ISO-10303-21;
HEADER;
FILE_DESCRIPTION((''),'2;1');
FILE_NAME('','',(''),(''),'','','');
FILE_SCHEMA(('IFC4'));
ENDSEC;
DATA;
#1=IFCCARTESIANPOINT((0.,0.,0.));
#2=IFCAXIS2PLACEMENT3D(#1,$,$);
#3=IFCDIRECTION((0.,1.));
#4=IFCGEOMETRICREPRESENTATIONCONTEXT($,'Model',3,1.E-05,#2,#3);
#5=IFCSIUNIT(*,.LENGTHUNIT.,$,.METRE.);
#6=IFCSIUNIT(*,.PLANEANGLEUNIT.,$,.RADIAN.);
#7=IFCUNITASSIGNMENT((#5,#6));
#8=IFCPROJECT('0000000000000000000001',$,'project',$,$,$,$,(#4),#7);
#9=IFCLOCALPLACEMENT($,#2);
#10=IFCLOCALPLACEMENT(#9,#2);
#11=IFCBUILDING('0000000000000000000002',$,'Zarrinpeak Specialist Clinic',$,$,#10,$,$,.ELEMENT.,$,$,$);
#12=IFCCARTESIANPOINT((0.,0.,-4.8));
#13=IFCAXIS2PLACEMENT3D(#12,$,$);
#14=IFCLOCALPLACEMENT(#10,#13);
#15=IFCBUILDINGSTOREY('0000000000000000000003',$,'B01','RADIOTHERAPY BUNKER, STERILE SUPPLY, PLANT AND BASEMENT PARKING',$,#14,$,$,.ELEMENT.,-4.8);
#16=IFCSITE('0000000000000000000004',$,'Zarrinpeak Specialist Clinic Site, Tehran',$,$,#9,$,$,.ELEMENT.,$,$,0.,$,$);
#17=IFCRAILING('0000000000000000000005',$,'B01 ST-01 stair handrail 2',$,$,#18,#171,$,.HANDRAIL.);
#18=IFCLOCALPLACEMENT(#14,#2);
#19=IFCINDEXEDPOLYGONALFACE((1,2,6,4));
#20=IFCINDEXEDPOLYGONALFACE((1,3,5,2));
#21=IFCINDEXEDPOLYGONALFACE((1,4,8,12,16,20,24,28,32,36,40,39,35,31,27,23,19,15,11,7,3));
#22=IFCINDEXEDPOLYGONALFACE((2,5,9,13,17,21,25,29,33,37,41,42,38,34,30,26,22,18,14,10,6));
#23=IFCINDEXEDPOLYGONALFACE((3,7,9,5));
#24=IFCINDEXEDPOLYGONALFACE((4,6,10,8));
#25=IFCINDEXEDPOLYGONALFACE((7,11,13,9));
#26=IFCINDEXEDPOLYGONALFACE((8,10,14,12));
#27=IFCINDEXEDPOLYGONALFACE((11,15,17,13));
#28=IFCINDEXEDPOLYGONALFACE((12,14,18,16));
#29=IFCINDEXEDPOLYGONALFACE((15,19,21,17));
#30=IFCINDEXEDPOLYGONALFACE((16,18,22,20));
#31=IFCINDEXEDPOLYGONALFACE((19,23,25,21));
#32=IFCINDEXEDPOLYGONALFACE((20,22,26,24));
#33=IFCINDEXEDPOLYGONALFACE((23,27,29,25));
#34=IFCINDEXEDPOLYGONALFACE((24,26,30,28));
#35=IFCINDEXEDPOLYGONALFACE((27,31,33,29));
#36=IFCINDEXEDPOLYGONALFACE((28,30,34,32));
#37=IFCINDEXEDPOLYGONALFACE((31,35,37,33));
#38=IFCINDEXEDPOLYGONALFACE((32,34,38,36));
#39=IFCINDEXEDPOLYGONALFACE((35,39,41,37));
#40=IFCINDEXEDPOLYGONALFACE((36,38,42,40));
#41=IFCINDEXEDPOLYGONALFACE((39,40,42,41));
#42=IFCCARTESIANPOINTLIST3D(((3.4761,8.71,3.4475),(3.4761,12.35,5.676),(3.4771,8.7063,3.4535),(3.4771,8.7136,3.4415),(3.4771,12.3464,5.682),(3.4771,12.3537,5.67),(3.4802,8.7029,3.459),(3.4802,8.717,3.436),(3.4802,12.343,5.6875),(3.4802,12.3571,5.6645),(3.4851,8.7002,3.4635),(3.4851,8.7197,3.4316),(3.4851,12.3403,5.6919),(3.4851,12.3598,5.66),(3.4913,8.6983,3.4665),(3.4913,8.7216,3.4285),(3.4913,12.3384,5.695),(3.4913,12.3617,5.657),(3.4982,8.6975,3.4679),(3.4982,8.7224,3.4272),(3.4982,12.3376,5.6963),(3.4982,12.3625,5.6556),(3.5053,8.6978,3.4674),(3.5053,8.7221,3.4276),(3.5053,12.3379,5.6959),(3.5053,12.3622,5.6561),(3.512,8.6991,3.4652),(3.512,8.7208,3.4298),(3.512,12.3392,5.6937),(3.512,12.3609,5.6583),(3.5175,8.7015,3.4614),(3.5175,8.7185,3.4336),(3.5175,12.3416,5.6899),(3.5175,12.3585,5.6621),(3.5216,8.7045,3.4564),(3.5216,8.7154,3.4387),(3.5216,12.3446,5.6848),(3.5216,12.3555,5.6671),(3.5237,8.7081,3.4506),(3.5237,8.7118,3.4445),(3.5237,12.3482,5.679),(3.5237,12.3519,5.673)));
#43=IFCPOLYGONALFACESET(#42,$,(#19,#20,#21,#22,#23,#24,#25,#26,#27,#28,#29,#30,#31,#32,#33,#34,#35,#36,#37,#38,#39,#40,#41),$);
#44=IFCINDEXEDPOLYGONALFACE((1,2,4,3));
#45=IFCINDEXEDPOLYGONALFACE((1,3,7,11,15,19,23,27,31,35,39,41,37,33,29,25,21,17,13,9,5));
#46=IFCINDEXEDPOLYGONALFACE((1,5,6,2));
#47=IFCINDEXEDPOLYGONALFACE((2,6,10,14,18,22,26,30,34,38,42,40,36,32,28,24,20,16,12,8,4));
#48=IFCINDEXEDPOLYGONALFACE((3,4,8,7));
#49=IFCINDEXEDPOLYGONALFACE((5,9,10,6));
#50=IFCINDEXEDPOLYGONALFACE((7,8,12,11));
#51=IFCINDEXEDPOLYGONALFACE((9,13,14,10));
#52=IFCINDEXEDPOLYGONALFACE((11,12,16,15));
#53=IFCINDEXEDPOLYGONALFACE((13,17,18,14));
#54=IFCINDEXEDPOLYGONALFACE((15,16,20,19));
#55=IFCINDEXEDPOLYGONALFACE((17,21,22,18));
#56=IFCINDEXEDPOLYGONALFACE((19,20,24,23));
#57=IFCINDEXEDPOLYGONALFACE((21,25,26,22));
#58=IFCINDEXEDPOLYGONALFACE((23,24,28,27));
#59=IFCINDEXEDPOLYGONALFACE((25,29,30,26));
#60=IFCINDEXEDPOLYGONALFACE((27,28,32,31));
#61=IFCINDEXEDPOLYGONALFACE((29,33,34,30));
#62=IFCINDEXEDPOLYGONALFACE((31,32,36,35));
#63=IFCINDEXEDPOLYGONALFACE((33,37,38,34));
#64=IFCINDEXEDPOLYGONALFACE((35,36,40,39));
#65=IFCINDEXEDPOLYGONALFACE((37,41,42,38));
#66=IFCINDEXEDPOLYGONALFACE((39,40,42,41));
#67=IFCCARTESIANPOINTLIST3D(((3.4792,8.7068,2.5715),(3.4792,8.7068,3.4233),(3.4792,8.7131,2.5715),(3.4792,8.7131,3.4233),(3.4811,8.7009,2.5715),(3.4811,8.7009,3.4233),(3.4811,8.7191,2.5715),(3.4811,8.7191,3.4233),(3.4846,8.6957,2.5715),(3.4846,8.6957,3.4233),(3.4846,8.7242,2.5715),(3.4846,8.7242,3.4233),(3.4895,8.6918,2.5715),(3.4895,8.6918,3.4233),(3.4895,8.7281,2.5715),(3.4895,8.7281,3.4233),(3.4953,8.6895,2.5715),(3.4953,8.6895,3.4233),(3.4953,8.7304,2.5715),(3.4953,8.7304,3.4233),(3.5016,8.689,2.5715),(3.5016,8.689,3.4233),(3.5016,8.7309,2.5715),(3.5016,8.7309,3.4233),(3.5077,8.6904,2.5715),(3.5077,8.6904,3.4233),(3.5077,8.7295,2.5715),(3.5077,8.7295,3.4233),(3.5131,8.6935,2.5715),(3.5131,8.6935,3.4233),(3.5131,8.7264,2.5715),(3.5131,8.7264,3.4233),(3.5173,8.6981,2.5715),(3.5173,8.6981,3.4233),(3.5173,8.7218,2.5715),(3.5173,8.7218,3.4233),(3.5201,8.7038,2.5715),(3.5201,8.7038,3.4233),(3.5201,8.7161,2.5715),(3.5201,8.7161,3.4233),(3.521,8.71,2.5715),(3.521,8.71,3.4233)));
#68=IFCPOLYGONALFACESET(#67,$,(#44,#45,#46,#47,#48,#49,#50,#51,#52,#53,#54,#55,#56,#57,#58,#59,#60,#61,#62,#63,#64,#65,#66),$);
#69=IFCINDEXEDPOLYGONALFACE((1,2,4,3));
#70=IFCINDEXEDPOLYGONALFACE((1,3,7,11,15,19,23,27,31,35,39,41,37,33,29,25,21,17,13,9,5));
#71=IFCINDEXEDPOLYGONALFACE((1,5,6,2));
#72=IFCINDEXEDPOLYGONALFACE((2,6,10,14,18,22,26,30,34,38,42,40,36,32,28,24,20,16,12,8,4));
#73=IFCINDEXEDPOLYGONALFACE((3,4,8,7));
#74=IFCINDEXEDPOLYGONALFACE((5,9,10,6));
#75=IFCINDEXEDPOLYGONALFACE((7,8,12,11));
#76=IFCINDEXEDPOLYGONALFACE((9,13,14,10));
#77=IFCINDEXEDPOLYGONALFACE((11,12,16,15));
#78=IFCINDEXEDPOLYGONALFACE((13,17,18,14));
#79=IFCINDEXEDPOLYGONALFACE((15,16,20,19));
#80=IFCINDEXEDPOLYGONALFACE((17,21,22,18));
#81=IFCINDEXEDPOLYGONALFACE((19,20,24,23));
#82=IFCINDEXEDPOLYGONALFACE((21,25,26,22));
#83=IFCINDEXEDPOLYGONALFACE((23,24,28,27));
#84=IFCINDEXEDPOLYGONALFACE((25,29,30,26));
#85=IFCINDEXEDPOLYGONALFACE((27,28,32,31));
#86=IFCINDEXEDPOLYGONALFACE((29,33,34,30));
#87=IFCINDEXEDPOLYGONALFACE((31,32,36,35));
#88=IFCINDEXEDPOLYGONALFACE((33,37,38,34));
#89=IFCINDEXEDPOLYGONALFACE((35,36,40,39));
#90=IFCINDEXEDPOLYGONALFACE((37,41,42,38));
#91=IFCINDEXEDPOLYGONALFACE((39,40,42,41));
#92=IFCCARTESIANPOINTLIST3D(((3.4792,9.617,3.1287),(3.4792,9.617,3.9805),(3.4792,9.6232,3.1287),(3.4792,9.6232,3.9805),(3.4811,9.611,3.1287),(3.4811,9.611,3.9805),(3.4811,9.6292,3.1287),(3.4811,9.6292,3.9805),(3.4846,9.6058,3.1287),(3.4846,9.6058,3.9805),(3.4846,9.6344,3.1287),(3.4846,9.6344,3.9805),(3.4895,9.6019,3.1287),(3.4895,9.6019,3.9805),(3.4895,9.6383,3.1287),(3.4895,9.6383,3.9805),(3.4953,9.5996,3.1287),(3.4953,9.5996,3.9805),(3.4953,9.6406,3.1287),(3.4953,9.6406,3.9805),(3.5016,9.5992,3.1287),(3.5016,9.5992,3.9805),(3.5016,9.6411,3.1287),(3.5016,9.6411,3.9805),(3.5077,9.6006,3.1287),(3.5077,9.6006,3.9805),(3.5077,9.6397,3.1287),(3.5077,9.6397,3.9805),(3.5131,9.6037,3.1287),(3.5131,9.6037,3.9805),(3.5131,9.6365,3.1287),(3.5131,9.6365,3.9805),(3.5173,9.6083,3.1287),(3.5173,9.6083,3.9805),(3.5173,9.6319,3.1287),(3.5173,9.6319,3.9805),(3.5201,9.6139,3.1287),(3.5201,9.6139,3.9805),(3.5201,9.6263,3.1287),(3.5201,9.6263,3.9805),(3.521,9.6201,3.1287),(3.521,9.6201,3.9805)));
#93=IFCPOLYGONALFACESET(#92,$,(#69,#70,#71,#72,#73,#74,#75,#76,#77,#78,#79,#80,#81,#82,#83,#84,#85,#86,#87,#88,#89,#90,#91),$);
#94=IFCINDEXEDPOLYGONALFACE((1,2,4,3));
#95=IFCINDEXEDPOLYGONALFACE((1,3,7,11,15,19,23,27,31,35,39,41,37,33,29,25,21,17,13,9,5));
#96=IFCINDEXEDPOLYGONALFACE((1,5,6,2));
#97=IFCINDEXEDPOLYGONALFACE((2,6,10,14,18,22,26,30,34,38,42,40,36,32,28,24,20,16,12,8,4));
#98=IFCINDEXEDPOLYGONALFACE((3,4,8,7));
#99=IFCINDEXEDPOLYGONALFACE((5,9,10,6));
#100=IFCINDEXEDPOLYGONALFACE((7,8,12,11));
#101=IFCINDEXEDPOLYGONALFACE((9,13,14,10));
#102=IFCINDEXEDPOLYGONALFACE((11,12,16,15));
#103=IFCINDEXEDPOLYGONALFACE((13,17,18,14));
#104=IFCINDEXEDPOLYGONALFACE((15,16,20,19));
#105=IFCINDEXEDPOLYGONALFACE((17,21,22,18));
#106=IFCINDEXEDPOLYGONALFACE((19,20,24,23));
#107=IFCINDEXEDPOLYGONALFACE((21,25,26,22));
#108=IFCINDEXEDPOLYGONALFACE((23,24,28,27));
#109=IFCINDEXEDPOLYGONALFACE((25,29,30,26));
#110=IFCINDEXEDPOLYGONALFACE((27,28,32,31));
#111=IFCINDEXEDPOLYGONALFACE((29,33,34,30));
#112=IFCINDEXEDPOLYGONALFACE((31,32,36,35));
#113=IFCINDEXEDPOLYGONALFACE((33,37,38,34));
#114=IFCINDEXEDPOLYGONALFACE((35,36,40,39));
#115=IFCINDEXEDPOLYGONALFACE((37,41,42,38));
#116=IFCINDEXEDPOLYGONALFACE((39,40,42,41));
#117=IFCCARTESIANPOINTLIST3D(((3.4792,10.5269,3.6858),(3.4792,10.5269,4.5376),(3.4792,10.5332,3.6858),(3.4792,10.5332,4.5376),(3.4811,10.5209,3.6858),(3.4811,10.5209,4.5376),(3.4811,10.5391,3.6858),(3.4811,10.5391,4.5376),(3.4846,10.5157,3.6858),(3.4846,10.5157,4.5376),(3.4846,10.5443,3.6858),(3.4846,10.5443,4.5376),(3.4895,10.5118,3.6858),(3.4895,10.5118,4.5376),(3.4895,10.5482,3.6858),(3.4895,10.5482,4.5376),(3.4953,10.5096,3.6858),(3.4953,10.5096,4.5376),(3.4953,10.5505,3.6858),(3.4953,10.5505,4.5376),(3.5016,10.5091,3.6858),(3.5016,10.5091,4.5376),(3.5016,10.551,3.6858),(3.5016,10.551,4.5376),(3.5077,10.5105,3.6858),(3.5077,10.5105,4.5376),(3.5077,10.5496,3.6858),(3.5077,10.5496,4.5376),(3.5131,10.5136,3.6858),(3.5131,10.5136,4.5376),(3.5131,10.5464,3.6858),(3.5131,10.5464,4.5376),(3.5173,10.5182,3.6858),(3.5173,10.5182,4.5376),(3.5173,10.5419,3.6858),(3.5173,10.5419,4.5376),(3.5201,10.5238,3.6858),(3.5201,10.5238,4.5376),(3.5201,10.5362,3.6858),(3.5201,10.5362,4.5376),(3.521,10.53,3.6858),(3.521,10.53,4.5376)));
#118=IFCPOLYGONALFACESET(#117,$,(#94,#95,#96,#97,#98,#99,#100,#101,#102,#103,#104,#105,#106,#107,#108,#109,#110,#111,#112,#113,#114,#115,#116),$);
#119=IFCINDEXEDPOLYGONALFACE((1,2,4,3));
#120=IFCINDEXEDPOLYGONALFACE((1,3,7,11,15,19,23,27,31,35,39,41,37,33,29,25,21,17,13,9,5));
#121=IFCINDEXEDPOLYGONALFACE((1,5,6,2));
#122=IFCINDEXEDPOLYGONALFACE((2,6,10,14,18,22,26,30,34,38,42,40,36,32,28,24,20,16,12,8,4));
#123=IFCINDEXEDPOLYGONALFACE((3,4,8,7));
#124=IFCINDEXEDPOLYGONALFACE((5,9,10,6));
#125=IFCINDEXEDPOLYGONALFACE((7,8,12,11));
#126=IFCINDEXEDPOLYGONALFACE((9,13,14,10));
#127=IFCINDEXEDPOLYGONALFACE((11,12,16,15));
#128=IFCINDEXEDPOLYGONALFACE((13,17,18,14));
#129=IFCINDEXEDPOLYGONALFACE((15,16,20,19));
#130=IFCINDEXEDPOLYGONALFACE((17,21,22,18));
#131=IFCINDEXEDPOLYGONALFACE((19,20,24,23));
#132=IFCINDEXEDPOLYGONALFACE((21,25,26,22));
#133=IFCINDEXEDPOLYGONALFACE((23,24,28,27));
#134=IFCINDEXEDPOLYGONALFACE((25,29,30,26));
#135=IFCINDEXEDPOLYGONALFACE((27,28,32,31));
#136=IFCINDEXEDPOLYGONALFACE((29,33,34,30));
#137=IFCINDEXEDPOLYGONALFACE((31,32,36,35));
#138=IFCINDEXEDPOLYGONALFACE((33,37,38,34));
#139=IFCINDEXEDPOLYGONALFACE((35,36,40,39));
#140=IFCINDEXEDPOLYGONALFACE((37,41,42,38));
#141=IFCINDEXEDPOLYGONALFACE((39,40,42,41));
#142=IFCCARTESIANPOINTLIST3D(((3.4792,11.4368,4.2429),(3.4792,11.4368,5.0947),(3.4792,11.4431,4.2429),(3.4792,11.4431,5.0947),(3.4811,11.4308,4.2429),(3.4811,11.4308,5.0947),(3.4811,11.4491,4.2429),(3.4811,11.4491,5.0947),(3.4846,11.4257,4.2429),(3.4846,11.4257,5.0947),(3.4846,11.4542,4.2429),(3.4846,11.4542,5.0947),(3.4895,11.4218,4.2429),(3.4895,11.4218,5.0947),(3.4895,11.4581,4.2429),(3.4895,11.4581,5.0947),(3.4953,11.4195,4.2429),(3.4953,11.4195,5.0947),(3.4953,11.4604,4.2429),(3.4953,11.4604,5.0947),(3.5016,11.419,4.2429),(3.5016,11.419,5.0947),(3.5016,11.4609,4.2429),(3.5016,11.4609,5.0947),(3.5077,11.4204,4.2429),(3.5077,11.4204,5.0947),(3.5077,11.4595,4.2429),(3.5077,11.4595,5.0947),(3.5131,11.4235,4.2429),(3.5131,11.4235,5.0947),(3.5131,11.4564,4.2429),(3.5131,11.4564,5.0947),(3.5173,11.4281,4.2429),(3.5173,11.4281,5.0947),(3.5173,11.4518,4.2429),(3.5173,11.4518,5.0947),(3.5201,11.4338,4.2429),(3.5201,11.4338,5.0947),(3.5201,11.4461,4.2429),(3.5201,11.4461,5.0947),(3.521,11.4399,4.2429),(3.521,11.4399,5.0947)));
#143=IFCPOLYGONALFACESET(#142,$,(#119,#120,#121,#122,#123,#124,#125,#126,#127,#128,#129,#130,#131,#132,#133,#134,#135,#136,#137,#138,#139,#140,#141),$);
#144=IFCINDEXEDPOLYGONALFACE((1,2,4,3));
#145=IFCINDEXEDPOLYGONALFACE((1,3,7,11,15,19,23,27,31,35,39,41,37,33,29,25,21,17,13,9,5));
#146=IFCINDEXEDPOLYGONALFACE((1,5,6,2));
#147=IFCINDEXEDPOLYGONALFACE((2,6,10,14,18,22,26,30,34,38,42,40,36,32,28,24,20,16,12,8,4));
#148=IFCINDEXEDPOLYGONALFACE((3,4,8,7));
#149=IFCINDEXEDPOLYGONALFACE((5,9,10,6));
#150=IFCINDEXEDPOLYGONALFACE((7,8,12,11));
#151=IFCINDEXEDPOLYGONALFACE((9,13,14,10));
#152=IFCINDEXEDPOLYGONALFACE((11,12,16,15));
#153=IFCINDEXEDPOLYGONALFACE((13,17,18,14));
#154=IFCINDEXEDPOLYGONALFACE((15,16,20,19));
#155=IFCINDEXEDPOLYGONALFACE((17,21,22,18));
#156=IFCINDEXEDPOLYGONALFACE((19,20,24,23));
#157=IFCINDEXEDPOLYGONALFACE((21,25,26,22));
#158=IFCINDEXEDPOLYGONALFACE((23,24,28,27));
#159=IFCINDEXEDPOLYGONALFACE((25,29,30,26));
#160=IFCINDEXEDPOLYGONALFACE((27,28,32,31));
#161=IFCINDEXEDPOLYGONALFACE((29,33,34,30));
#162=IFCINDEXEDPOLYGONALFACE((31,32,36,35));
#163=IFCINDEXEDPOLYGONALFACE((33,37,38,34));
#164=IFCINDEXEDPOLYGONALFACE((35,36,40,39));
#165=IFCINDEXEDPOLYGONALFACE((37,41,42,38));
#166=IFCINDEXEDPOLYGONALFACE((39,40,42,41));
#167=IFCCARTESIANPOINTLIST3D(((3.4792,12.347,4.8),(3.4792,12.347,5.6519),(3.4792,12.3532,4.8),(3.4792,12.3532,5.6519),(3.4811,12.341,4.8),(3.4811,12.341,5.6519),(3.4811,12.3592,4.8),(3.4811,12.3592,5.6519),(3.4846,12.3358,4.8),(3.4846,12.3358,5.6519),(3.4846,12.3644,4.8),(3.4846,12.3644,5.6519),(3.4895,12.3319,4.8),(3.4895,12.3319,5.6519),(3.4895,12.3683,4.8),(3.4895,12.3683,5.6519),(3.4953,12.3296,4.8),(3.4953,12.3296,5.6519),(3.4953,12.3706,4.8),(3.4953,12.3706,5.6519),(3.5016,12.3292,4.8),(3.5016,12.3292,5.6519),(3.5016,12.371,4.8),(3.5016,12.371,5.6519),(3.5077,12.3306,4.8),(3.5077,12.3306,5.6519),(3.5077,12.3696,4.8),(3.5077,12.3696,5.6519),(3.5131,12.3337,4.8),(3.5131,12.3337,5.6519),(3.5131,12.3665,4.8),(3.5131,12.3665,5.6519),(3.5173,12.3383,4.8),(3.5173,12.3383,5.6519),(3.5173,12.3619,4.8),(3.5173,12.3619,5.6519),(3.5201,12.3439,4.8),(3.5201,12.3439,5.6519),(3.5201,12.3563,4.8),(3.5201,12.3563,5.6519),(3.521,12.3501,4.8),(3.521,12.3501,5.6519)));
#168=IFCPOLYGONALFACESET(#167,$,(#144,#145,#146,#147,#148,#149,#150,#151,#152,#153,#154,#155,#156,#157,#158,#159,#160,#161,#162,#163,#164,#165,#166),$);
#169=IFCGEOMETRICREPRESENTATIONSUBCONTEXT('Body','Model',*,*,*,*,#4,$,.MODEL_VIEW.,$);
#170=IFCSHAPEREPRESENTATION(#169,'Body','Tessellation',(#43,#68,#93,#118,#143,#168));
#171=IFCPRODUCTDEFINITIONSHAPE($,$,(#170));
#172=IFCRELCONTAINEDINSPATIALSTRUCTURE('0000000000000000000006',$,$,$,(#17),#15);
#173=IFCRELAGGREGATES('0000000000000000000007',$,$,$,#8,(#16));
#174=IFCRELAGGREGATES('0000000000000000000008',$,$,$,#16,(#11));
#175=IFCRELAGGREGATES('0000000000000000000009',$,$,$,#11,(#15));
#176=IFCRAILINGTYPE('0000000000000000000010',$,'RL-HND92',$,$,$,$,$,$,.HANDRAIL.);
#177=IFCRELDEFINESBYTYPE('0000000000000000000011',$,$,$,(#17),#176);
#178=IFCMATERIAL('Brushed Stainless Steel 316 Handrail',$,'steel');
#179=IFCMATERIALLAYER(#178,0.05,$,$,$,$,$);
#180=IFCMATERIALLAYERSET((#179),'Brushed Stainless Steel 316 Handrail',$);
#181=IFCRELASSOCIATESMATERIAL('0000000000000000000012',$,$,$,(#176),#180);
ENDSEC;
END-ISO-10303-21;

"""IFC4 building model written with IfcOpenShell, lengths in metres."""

from ifc_helpers import new_model, si_unit, direction, frame, origin, origin_2d, place, context, subcontext, project, spatial, circle, extrude, material, layer, layer_set, type_object, element, save


model = new_model("IFC4")

# Units and contexts
model_context = context("Model", 3, precision=1e-05, world=origin(), true_north=direction((0.0, 1.0)))
body_context = subcontext(model_context, "Body", "Model", "MODEL_VIEW")
ifc_project = project(units=[si_unit("LENGTHUNIT", "METRE"), si_unit("PLANEANGLEUNIT", "RADIAN")], contexts=[model_context])

# Site, building, storey
site_placement = place(None, origin())
site = spatial("IfcSite", under=ifc_project, at=site_placement, Name="Zarrinpeak Specialist Clinic Site, Tehran", CompositionType="ELEMENT", RefElevation=0.0)
building_placement = place(site_placement, origin())
building = spatial("IfcBuilding", under=site, at=building_placement, Name="Zarrinpeak Specialist Clinic", CompositionType="ELEMENT")
storey_placement = place(building_placement, frame((0.0, 0.0, -4.8)))
storey = spatial("IfcBuildingStorey", under=building, at=storey_placement, Name="B01", Description="RADIOTHERAPY BUNKER, STERILE SUPPLY, PLANT AND BASEMENT PARKING", CompositionType="ELEMENT", Elevation=-4.8)

# Railing
ifc_material_1 = material(Name="Brushed Stainless Steel 316 Handrail", Category="steel")
ifc_layer_1 = layer(ifc_material_1, 0.05)
ifc_layer_set_1 = layer_set([ifc_layer_1], Name="Brushed Stainless Steel 316 Handrail")
railing_type_1 = type_object("IfcRailingType", Name="RL-HND92", PredefinedType="HANDRAIL", material=ifc_layer_set_1)
railing_1_placement = place(storey_placement, frame((3.5, 8.71, 2.5715)))
element("IfcRailing", 1, at=railing_1_placement, inside=storey, type_object=railing_type_1, Name="B01 ST-01 stair handrail 2", PredefinedType="HANDRAIL", context=body_context, shape_type="SweptSolid", body=[
    extrude(circle(Radius=0.0239, at=origin_2d()), frame((0.0, 0.0, 0.876), z_axis=(0.0, 0.852866, 0.52213), x_axis=(-1.0, 0.0, 0.0)), (0.0, 0.0, 1.0), 4.2681),
    extrude(circle(Radius=0.021, at=origin_2d()), origin(), (0.0, 0.0, 1.0), 0.8518),
    extrude(circle(Radius=0.021, at=origin_2d()), frame((0.0, 0.9102, 0.5571)), (0.0, 0.0, 1.0), 0.8518),
    extrude(circle(Radius=0.021, at=origin_2d()), frame((0.0, 1.8201, 1.1143)), (0.0, 0.0, 1.0), 0.8518),
    extrude(circle(Radius=0.021, at=origin_2d()), frame((0.0, 2.73, 1.6714)), (0.0, 0.0, 1.0), 0.8518),
    extrude(circle(Radius=0.021, at=origin_2d()), frame((0.0, 3.6401, 2.2285)), (0.0, 0.0, 1.0), 0.8518),
])

save(model, "model.ifc")
